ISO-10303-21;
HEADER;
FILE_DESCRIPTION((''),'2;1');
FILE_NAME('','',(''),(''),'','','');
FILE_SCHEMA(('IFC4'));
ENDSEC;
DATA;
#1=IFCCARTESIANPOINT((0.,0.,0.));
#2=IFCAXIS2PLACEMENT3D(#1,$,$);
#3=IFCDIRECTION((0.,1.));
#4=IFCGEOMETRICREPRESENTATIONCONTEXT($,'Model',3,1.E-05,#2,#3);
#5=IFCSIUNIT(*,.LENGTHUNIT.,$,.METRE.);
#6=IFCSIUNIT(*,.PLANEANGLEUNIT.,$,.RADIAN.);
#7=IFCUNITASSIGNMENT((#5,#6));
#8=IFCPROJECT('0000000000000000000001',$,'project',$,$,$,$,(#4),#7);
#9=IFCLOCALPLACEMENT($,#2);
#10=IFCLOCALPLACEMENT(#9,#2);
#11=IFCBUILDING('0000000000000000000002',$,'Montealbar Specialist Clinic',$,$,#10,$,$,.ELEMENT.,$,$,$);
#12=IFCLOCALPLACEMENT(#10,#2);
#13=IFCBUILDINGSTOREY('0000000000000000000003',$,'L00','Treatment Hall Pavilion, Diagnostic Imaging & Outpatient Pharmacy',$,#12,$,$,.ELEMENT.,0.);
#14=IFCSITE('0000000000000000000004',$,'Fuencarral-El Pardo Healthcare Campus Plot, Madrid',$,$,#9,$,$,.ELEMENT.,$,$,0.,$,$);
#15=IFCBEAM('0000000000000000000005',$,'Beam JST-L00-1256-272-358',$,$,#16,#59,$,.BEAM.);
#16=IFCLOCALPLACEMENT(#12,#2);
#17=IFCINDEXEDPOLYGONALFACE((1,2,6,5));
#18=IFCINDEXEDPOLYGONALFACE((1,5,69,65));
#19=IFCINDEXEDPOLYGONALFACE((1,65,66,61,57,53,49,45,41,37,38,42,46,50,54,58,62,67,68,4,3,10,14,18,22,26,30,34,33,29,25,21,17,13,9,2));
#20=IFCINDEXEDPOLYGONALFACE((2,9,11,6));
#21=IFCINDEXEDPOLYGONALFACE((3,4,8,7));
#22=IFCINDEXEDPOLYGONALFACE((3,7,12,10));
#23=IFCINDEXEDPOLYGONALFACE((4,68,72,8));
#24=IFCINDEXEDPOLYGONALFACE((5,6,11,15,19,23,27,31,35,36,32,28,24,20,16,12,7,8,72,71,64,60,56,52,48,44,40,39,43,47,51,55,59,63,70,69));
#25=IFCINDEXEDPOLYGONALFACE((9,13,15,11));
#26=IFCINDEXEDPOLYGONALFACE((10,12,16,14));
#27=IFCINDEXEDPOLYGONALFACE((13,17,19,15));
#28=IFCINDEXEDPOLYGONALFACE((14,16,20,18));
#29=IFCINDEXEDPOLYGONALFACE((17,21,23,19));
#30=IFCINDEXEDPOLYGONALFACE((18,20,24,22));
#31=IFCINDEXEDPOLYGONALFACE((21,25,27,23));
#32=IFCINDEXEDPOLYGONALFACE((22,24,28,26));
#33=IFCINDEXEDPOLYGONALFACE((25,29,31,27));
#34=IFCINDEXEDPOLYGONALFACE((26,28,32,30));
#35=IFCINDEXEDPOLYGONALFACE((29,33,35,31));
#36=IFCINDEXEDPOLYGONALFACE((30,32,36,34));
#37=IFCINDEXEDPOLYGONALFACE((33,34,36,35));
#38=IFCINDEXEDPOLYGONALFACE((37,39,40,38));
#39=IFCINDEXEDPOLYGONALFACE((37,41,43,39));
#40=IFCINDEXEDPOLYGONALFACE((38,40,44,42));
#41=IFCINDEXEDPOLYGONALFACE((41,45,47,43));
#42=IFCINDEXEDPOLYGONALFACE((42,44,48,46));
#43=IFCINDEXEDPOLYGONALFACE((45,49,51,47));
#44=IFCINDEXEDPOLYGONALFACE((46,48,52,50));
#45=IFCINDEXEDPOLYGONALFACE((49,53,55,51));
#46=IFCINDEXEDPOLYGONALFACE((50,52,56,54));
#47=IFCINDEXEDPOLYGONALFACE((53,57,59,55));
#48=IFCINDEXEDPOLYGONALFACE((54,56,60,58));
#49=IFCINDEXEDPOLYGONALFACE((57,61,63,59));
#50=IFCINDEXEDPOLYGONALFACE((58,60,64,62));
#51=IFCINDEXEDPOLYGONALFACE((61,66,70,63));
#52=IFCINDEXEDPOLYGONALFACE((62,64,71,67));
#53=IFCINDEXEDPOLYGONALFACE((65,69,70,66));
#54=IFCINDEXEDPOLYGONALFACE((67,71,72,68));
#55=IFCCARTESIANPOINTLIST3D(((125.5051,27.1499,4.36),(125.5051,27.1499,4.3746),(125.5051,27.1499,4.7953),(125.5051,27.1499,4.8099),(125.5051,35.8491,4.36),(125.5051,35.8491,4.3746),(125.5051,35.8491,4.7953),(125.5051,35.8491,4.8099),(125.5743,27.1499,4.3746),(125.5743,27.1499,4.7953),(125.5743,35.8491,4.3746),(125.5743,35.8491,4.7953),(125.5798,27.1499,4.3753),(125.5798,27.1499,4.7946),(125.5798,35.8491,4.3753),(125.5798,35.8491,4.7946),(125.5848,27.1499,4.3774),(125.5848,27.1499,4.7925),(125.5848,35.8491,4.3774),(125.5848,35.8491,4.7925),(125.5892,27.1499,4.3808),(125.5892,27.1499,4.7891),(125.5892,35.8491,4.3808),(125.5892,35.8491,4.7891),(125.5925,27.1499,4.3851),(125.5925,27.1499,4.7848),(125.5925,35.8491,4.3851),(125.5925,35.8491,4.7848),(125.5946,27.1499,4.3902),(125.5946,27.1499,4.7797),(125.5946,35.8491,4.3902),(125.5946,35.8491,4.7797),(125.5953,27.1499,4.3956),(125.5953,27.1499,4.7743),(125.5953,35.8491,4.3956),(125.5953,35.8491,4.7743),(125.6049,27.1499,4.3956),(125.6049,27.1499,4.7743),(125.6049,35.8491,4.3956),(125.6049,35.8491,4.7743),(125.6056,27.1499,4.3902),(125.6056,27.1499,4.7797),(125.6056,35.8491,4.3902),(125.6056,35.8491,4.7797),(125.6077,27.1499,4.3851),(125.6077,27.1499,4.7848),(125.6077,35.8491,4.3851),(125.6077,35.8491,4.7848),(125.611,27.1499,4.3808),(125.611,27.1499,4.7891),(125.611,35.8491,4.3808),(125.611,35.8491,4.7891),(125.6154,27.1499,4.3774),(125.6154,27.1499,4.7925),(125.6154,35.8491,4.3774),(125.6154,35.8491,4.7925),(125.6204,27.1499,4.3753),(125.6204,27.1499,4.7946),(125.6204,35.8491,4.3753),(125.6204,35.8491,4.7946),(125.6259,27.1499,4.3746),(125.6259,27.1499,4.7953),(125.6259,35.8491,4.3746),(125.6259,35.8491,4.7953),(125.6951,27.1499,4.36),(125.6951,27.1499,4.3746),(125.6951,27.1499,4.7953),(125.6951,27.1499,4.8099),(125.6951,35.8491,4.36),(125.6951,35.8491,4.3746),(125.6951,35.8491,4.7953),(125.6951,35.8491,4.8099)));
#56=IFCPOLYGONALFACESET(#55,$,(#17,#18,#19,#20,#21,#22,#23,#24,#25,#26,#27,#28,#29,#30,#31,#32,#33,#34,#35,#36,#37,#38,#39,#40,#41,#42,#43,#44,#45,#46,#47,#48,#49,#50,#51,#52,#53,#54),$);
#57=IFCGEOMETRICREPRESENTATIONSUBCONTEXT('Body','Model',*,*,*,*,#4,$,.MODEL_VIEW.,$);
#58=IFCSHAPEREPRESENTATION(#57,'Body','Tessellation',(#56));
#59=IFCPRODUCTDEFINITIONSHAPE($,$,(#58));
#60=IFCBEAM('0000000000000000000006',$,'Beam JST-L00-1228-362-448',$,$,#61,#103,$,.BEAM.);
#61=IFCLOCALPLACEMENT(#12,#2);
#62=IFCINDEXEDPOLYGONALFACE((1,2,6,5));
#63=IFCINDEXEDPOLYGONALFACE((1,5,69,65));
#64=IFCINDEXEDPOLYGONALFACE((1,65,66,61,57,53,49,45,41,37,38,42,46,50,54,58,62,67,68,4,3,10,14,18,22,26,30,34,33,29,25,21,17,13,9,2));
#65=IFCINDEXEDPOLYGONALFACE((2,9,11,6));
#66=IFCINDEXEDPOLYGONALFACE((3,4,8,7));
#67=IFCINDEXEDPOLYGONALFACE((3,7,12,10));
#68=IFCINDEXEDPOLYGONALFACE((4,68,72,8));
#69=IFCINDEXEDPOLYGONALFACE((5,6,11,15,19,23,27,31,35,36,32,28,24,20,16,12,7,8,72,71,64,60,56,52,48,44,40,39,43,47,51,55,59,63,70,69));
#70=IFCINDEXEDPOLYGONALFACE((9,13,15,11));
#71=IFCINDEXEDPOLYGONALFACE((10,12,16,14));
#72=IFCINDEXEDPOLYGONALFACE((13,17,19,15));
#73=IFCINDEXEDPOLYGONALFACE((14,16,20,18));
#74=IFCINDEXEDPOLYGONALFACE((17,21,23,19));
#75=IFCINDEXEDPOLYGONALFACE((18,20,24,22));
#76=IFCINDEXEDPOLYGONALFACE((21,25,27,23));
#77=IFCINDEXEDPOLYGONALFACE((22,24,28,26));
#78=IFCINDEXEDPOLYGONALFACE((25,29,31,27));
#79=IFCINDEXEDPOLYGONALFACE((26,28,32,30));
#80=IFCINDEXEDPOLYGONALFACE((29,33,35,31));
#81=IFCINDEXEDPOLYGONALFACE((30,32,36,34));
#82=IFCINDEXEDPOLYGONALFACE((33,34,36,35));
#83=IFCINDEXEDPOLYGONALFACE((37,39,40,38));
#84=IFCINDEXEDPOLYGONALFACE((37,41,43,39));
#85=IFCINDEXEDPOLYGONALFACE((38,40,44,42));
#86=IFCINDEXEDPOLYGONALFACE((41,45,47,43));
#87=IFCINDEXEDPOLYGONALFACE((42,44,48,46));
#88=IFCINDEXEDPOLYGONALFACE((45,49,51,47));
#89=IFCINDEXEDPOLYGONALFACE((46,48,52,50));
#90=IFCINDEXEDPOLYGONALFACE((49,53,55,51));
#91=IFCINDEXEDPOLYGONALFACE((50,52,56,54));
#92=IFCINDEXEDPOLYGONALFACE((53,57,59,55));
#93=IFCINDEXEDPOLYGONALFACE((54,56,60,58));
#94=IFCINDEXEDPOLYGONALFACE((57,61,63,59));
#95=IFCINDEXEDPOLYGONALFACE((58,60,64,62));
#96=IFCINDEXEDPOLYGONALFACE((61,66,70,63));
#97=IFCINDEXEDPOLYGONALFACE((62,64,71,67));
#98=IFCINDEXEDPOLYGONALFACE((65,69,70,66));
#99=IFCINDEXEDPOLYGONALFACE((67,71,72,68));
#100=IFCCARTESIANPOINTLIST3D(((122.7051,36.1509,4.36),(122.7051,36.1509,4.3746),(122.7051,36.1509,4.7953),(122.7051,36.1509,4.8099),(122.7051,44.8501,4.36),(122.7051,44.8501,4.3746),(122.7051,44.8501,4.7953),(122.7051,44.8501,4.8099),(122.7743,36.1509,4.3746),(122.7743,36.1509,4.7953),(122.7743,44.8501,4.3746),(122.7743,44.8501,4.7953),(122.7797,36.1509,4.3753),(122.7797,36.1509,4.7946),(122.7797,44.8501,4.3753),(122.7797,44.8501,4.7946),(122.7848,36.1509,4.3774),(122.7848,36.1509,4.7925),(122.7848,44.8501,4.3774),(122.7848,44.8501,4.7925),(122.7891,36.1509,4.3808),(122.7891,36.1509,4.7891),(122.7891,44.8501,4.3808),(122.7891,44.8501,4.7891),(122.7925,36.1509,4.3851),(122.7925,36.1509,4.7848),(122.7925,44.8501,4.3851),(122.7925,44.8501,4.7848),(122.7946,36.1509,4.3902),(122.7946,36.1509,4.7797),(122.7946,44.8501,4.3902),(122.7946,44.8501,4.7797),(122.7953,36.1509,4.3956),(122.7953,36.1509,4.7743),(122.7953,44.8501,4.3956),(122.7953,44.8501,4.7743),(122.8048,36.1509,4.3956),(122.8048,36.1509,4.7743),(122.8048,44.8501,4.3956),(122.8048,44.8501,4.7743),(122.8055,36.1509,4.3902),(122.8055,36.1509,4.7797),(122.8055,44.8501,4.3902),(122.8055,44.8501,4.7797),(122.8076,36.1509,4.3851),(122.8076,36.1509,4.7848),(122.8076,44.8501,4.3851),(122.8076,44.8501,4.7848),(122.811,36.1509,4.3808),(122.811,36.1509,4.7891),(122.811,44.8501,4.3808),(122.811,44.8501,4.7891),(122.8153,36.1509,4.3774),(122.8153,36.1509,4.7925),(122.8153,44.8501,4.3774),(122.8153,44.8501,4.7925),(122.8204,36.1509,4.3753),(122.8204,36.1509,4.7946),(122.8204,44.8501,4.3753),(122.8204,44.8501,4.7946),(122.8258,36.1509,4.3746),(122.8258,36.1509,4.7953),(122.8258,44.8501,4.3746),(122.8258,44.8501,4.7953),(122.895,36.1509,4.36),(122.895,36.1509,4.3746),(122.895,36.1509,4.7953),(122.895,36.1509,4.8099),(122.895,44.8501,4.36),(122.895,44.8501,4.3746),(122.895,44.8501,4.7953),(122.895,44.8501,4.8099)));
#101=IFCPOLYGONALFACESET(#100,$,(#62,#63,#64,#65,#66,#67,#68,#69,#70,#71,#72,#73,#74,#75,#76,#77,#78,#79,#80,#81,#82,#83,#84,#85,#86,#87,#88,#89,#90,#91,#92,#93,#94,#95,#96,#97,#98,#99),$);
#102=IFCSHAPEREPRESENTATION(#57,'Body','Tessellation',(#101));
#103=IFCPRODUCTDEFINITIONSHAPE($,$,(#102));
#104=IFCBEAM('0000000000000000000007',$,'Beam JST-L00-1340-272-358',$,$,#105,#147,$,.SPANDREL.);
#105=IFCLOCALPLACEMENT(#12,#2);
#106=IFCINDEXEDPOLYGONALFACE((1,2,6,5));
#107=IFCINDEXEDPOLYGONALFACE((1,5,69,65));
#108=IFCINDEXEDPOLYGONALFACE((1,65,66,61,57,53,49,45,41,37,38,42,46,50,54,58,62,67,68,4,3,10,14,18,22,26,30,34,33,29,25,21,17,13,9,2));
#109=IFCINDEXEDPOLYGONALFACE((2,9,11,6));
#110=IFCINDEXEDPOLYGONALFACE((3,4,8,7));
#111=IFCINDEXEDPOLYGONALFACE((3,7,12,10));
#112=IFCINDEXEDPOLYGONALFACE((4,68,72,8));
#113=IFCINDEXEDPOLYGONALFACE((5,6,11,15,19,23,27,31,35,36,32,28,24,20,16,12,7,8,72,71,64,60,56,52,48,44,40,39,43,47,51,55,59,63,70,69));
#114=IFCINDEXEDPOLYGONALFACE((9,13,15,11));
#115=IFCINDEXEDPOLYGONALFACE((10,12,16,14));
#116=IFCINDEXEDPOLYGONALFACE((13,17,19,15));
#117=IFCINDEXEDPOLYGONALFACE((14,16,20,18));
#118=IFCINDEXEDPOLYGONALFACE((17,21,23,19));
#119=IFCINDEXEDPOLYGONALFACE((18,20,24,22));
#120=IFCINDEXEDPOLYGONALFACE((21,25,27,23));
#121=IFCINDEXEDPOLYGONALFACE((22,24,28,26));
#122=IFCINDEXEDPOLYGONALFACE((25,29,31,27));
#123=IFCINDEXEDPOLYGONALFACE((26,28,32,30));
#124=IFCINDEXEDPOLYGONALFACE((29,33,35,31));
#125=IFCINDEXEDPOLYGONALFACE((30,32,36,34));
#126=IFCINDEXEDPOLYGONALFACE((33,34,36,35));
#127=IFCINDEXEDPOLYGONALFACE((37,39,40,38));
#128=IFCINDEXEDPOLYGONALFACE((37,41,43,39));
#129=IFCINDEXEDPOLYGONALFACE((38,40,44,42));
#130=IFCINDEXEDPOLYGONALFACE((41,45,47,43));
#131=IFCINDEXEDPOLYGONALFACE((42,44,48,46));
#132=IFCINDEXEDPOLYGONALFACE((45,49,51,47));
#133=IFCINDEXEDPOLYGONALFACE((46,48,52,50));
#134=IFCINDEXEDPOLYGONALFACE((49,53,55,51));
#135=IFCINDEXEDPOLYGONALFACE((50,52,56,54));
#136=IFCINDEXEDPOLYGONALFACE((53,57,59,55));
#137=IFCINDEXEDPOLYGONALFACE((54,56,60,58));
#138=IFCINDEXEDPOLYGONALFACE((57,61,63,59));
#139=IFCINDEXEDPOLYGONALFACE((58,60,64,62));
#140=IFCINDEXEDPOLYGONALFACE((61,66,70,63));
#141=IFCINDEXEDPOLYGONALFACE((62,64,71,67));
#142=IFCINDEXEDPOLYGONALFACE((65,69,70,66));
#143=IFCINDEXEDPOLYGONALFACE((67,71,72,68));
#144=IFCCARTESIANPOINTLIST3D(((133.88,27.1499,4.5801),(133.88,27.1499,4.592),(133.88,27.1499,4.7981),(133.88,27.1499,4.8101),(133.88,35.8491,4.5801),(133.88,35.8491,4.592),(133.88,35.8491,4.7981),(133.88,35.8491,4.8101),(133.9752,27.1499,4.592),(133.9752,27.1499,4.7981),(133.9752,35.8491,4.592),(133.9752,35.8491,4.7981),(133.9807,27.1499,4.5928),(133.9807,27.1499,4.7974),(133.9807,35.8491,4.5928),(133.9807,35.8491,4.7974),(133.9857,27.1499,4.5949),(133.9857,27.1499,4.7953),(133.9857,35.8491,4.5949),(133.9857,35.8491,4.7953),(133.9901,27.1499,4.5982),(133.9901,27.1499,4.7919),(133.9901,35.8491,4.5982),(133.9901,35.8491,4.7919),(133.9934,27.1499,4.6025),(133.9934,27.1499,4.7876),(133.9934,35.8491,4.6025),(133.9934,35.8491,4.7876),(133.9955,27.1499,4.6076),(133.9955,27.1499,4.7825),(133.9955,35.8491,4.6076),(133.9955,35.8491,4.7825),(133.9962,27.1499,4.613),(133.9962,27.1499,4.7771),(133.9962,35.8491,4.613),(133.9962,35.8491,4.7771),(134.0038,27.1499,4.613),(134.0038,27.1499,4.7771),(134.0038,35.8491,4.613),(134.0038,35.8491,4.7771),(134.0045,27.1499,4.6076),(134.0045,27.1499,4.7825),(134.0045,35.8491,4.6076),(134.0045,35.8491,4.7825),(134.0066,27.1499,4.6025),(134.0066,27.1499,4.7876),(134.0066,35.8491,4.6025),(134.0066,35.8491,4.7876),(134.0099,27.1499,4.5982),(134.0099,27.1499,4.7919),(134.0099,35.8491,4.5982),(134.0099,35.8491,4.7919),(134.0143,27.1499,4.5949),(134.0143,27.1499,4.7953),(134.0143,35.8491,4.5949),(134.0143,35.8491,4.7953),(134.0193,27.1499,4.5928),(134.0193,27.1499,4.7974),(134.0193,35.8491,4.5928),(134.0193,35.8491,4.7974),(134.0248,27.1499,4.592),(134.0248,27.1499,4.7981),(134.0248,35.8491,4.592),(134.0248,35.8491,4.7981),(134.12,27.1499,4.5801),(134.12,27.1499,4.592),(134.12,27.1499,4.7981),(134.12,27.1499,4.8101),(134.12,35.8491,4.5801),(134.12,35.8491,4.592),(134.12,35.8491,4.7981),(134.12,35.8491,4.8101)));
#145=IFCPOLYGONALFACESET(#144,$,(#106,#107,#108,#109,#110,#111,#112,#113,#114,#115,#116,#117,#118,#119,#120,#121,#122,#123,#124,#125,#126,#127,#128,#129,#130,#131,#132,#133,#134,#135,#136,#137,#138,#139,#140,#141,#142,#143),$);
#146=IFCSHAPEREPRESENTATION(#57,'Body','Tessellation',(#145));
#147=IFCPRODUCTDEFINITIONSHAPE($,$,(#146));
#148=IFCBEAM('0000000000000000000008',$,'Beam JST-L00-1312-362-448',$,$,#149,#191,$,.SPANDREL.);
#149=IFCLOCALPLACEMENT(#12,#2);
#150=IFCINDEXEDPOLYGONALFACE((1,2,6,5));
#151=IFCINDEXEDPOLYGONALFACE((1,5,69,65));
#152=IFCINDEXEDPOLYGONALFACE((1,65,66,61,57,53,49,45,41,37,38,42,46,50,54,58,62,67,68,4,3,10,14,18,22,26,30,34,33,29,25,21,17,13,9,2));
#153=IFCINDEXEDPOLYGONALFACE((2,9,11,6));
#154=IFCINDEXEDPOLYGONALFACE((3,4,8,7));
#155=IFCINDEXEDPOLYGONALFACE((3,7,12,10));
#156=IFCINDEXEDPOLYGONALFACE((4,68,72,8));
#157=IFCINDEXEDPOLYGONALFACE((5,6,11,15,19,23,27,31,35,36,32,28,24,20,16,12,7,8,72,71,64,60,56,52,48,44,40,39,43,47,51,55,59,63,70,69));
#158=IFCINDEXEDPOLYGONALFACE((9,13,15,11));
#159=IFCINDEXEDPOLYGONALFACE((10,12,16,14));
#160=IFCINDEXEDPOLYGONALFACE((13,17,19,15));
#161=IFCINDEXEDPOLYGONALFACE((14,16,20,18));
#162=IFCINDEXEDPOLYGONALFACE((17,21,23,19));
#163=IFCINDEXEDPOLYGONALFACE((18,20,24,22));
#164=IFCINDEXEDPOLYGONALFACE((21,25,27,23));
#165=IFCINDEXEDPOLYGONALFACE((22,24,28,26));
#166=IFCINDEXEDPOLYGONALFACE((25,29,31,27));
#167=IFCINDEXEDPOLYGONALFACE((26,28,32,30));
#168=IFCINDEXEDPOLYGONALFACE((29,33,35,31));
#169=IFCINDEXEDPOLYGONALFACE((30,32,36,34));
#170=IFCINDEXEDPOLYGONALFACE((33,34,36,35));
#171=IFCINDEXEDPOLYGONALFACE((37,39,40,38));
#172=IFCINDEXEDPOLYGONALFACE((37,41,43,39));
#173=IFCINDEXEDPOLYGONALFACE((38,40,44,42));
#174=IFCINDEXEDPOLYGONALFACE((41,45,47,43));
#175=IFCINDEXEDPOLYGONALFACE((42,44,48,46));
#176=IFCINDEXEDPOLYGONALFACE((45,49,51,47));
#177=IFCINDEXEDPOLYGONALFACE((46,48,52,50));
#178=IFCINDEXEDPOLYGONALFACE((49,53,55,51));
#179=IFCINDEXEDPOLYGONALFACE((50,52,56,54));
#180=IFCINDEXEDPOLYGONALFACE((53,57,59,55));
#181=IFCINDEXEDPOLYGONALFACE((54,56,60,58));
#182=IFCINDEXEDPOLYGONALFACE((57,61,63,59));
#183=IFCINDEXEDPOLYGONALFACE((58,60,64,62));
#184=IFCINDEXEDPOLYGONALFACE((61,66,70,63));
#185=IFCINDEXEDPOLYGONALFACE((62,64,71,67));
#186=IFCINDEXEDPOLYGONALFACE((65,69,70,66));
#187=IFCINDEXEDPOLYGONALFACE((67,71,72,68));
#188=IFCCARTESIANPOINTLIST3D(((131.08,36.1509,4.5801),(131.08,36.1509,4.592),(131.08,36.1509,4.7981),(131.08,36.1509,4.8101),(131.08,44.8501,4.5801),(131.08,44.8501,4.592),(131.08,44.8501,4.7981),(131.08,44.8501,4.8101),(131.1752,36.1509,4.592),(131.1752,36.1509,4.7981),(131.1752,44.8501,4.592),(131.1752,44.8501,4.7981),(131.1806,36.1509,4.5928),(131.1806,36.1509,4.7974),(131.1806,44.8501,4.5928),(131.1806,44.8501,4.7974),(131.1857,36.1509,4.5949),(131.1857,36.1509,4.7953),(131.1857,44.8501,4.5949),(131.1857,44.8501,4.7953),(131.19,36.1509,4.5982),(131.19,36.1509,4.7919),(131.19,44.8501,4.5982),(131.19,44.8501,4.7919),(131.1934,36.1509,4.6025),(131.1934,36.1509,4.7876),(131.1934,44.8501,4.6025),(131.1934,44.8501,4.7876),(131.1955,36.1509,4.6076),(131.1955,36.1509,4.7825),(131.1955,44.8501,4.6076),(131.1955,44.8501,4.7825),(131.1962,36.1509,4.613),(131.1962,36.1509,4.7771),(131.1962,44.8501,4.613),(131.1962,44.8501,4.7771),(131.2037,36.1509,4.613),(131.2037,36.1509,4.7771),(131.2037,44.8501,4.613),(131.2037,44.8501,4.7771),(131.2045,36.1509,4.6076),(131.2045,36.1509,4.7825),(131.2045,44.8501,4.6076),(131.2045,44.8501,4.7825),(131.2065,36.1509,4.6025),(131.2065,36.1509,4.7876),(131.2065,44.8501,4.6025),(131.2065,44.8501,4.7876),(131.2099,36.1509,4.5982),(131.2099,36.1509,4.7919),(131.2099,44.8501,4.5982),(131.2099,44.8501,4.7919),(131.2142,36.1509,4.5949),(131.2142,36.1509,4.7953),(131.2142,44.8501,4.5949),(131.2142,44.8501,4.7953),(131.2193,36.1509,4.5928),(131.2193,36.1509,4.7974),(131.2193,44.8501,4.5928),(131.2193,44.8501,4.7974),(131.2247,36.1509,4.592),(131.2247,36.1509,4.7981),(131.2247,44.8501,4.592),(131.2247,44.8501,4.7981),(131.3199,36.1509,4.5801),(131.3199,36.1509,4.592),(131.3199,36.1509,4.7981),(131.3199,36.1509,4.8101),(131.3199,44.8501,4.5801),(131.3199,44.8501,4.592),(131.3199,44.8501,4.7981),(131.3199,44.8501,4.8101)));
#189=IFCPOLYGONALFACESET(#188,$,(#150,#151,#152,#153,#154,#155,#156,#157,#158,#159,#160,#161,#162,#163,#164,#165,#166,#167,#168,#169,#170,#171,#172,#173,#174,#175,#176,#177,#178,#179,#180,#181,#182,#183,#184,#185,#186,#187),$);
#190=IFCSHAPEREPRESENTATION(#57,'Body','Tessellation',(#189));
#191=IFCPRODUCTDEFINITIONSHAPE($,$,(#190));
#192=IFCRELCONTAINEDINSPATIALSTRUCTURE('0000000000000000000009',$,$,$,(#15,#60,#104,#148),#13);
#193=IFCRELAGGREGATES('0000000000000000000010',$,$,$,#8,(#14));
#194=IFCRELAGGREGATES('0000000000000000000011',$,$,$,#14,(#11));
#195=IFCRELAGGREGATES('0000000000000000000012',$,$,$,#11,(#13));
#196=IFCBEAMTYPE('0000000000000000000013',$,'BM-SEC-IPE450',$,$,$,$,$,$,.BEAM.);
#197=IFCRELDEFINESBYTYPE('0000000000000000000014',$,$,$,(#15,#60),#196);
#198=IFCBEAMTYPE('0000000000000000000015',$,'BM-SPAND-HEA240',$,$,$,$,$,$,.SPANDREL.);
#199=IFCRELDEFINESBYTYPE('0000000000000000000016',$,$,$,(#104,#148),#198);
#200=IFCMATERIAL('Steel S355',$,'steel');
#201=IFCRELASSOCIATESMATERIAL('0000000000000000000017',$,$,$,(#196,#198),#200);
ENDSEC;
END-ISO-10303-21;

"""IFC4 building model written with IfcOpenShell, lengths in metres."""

from ifc_helpers import new_model, si_unit, direction, frame, origin, origin_2d, place, context, subcontext, project, spatial, i_section, extrude, material, material_profile, profile_set, type_object, element, save


model = new_model("IFC4")

# Units and contexts
model_context = context("Model", 3, precision=1e-05, world=origin(), true_north=direction((0.0, 1.0)))
body_context = subcontext(model_context, "Body", "Model", "MODEL_VIEW")
ifc_project = project(units=[si_unit("LENGTHUNIT", "METRE"), si_unit("PLANEANGLEUNIT", "RADIAN")], contexts=[model_context])

# Site, building, storey
site_placement = place(None, origin())
site = spatial("IfcSite", under=ifc_project, at=site_placement, Name="Fuencarral-El Pardo Healthcare Campus Plot, Madrid", CompositionType="ELEMENT", RefElevation=0.0)
building_placement = place(site_placement, origin())
building = spatial("IfcBuilding", under=site, at=building_placement, Name="Montealbar Specialist Clinic", CompositionType="ELEMENT")
storey_placement = place(building_placement, origin())
storey = spatial("IfcBuildingStorey", under=building, at=storey_placement, Name="L00", Description="Treatment Hall Pavilion, Diagnostic Imaging & Outpatient Pharmacy", CompositionType="ELEMENT", Elevation=0.0)

# Beams
ifc_material_1 = material(Name="Steel S355", Category="steel")
ifc_material_profile_1 = material_profile(ifc_material_1, i_section(OverallWidth=0.1899, OverallDepth=0.45, WebThickness=0.0095, FlangeThickness=0.0146, FilletRadius=0.021, at=origin_2d()), Name="IPE 450", Category="steel")
ifc_profile_set_1 = profile_set([ifc_material_profile_1], Name="Steel S355")
beam_type_1 = type_object("IfcBeamType", Name="BM-SEC-IPE450", PredefinedType="BEAM", material=ifc_profile_set_1)
for number, where, z_axis, x_axis, name in (
    (1, (125.6001, 27.1499, 4.585), (0.0, 1.0, 0.0), (-1.0, 0.0, 0.0), "Beam JST-L00-1256-272-358"),
    (2, (122.8, 36.1509, 4.585), (0.0, 1.0, 0.0), (-1.0, 0.0, 0.0), "Beam JST-L00-1228-362-448"),
):
    element("IfcBeam", number, at=place(storey_placement, frame(where, z_axis=z_axis, x_axis=x_axis)), inside=storey, type_object=beam_type_1, Name=name, PredefinedType="BEAM", context=body_context, shape_type="SweptSolid", body=[
        extrude(i_section(OverallWidth=0.1899, OverallDepth=0.45, WebThickness=0.0095, FlangeThickness=0.0146, FilletRadius=0.021, at=origin_2d()), origin(), (0.0, 0.0, 1.0), 8.6992),
    ])
ifc_material_profile_2 = material_profile(ifc_material_1, i_section(OverallWidth=0.24, OverallDepth=0.23, WebThickness=0.0076, FlangeThickness=0.012, FilletRadius=0.021, at=origin_2d()), Name="HEA 240", Category="steel")
ifc_profile_set_2 = profile_set([ifc_material_profile_2], Name="Steel S355")
beam_type_2 = type_object("IfcBeamType", Name="BM-SPAND-HEA240", PredefinedType="SPANDREL", material=ifc_profile_set_2)
for number, where, z_axis, x_axis, name in (
    (3, (134.0, 27.1499, 4.6951), (0.0, 1.0, 0.0), (-1.0, 0.0, 0.0), "Beam JST-L00-1340-272-358"),
    (4, (131.2, 36.1509, 4.6951), (0.0, 1.0, 0.0), (-1.0, 0.0, 0.0), "Beam JST-L00-1312-362-448"),
):
    element("IfcBeam", number, at=place(storey_placement, frame(where, z_axis=z_axis, x_axis=x_axis)), inside=storey, type_object=beam_type_2, Name=name, PredefinedType="SPANDREL", context=body_context, shape_type="SweptSolid", body=[
        extrude(i_section(OverallWidth=0.24, OverallDepth=0.23, WebThickness=0.0076, FlangeThickness=0.012, FilletRadius=0.021, at=origin_2d()), origin(), (0.0, 0.0, 1.0), 8.6992),
    ])

save(model, "model.ifc")
